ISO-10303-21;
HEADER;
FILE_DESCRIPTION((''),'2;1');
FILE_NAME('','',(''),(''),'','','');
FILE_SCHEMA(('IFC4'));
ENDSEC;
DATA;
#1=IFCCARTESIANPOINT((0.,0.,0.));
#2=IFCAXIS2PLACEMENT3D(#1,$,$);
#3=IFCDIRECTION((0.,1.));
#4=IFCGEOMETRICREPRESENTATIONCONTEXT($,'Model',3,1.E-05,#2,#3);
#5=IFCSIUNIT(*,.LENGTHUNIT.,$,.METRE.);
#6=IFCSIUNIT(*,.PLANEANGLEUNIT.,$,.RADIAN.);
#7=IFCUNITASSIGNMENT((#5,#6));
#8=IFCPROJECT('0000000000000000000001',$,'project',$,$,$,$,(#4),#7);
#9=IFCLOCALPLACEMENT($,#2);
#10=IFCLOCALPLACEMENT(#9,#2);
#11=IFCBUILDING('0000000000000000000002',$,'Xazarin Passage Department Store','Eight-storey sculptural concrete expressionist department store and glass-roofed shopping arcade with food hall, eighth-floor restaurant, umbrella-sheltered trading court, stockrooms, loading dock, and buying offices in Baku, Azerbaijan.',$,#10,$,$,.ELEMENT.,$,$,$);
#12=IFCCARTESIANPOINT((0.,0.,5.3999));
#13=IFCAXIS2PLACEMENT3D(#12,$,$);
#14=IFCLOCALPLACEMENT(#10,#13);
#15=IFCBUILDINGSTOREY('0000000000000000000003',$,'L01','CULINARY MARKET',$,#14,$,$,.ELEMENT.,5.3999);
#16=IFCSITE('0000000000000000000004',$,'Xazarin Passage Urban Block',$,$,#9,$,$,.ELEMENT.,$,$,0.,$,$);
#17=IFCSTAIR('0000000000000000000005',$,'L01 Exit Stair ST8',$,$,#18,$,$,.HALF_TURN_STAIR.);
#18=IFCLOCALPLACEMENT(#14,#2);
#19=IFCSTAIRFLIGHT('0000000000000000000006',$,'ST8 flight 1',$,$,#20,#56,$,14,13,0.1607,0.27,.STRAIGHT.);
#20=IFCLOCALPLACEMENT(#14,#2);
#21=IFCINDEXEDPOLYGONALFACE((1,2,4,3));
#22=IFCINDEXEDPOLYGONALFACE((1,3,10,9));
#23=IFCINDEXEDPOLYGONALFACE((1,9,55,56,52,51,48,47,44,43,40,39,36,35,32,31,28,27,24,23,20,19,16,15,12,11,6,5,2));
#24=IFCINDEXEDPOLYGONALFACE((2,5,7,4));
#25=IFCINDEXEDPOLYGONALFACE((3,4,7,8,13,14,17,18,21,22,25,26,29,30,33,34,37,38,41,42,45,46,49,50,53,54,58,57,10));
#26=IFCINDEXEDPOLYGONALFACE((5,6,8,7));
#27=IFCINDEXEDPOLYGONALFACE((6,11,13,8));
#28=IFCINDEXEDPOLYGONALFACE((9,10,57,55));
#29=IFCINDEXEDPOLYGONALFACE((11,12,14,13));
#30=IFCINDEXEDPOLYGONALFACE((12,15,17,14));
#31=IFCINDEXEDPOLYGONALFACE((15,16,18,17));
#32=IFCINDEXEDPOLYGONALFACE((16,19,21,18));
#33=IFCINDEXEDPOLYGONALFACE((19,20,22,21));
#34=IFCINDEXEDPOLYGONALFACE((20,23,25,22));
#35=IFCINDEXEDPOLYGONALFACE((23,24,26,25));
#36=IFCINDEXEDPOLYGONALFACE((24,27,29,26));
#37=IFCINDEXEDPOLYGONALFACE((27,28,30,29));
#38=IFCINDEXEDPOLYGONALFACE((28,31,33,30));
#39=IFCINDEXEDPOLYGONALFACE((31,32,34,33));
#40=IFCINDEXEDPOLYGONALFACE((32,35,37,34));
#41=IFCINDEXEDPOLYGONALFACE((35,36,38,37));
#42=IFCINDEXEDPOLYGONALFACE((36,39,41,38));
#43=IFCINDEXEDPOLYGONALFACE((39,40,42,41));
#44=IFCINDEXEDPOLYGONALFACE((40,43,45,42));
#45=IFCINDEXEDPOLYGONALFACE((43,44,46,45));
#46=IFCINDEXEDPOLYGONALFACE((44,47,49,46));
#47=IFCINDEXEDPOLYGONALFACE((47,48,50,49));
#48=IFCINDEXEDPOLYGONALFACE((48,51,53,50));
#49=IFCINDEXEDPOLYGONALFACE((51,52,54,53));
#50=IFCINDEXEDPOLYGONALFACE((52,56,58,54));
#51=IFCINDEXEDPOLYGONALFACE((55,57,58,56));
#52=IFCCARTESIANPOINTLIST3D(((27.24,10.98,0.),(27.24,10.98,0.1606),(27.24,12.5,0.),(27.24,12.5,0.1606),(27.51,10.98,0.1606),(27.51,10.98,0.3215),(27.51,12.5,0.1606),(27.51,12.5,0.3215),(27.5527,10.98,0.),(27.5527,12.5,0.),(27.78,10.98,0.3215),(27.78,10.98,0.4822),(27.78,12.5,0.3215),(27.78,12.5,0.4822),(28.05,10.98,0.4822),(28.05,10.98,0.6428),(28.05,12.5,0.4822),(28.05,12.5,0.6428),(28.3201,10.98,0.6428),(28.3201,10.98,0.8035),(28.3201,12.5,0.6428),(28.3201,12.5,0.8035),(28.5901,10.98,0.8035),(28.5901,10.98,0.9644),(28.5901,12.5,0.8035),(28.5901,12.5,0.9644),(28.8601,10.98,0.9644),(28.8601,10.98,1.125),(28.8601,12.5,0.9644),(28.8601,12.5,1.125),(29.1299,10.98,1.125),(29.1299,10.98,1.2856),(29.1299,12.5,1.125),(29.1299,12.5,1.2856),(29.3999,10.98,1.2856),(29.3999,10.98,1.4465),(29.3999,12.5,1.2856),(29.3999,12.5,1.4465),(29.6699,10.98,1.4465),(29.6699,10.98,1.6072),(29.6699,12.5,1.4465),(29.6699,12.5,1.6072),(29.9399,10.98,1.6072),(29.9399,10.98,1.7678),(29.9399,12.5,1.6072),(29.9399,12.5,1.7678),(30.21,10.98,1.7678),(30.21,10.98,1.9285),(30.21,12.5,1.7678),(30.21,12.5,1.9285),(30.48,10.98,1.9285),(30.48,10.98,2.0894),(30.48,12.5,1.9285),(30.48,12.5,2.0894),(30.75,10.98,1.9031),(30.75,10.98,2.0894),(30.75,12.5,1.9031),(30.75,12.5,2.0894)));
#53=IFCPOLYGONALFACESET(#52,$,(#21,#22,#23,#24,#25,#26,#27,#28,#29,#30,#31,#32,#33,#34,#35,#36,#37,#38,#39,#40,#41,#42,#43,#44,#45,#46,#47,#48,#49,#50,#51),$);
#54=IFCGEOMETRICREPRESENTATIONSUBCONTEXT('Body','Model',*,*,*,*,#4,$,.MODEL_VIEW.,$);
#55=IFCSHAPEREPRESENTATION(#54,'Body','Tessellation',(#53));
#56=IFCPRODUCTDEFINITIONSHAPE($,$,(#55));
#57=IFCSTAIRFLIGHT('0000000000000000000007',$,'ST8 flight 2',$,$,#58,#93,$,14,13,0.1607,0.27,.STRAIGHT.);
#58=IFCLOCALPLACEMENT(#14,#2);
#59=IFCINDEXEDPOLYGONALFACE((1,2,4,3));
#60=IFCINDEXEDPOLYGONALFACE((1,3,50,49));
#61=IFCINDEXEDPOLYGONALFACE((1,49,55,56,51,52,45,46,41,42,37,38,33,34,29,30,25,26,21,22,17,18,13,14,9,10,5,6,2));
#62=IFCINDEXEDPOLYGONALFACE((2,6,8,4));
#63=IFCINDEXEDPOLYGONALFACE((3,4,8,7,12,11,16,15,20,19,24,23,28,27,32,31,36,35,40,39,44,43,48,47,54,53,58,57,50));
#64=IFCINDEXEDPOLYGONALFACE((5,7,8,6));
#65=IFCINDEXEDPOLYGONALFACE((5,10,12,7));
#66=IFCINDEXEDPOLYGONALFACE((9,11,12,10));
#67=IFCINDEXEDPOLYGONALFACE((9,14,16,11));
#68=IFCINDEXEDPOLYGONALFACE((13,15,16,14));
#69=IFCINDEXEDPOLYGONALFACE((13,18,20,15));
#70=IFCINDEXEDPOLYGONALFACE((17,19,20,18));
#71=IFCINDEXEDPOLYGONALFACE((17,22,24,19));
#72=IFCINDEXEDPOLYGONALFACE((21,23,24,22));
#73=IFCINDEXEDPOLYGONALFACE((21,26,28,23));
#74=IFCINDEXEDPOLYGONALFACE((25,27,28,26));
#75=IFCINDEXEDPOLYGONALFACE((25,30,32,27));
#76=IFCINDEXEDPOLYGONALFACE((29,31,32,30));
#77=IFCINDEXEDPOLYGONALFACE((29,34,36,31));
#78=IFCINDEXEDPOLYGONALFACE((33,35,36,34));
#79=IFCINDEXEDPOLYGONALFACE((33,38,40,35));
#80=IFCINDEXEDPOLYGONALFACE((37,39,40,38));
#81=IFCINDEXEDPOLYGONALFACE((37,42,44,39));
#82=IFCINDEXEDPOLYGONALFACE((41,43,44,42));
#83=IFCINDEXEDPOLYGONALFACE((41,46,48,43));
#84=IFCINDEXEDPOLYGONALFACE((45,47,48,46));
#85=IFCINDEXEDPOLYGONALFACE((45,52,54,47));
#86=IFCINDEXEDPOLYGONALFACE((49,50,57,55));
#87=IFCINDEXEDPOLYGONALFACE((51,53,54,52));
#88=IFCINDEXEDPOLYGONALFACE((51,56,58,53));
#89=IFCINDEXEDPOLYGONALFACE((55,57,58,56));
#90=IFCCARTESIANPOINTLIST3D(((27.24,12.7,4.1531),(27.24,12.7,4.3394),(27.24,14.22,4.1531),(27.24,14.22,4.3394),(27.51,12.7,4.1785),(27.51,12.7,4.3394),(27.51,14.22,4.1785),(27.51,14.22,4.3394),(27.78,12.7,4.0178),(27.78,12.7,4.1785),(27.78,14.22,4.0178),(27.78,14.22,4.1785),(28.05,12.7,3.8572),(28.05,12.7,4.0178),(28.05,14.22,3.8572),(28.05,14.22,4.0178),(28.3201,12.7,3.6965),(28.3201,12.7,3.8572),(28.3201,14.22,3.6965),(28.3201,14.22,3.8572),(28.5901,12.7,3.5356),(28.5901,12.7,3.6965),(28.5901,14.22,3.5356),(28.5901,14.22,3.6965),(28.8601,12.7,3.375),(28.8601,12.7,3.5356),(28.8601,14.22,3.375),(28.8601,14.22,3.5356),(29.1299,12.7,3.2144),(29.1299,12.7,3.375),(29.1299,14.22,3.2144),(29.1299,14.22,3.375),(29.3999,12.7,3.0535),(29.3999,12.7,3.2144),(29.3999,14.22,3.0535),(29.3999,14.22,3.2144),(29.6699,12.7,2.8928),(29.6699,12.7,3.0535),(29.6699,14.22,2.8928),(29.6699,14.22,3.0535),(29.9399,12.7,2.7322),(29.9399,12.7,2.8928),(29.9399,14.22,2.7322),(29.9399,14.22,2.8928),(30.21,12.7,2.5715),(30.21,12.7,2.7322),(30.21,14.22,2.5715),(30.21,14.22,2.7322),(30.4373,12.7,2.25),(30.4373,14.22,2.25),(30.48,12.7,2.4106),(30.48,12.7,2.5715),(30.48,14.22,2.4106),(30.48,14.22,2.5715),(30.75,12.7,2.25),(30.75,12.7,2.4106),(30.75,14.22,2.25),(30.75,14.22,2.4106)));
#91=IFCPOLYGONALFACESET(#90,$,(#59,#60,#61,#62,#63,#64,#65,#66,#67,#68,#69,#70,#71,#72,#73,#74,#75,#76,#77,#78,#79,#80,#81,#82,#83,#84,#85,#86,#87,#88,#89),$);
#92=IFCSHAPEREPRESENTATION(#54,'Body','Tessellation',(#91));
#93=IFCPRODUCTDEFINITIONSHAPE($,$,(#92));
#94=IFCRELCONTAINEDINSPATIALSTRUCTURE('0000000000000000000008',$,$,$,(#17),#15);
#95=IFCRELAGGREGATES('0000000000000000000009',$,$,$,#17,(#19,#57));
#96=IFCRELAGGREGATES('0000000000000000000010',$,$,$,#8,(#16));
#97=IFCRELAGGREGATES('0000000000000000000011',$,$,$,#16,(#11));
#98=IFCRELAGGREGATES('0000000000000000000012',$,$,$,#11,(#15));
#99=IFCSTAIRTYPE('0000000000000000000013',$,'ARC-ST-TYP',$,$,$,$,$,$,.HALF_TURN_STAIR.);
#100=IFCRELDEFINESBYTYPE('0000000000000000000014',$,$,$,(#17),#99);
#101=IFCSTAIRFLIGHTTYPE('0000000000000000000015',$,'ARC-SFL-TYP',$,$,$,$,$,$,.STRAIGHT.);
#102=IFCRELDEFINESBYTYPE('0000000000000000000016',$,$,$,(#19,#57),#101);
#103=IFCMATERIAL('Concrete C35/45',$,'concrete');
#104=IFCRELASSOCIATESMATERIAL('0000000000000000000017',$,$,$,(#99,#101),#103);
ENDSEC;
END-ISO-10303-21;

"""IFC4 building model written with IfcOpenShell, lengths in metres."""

from ifc_helpers import new_model, si_unit, direction, frame, origin, place, context, subcontext, project, spatial, polyline, outline, extrude, material, type_object, element, aggregate, save


model = new_model("IFC4")

# Units and contexts
model_context = context("Model", 3, precision=1e-05, world=origin(), true_north=direction((0.0, 1.0)))
body_context = subcontext(model_context, "Body", "Model", "MODEL_VIEW")
ifc_project = project(units=[si_unit("LENGTHUNIT", "METRE"), si_unit("PLANEANGLEUNIT", "RADIAN")], contexts=[model_context])

# Site, building, storey
site_placement = place(None, origin())
site = spatial("IfcSite", under=ifc_project, at=site_placement, Name="Xazarin Passage Urban Block", CompositionType="ELEMENT", RefElevation=0.0)
building_placement = place(site_placement, origin())
building = spatial("IfcBuilding", under=site, at=building_placement, Name="Xazarin Passage Department Store", Description="Eight-storey sculptural concrete expressionist department store and glass-roofed shopping arcade with food hall, eighth-floor restaurant, umbrella-sheltered trading court, stockrooms, loading dock, and buying offices in Baku, Azerbaijan.", CompositionType="ELEMENT")
storey_placement = place(building_placement, frame((0.0, 0.0, 5.3999)))
storey = spatial("IfcBuildingStorey", under=building, at=storey_placement, Name="L01", Description="CULINARY MARKET", CompositionType="ELEMENT", Elevation=5.3999)

# Shared definitions
ifc_material_1 = material(Name="Concrete C35/45", Category="concrete")

# Stair, stair flights
stair_type = type_object("IfcStairType", Name="ARC-ST-TYP", PredefinedType="HALF_TURN_STAIR", material=ifc_material_1)
stair_placement = place(storey_placement, origin())
stair = element("IfcStair", 1, at=stair_placement, inside=storey, type_object=stair_type, Name="L01 Exit Stair ST8", PredefinedType="HALF_TURN_STAIR")
stair_flight_type = type_object("IfcStairFlightType", Name="ARC-SFL-TYP", PredefinedType="STRAIGHT", material=ifc_material_1)
stair_flight_1_placement = place(storey_placement, frame((27.24, 11.74, 0.0), z_axis=(0.0, 0.0, 1.0), x_axis=(1.0, 0.0, 0.0)))
stair_flight_1 = element("IfcStairFlight", 2, at=stair_flight_1_placement, type_object=stair_flight_type, Name="ST8 flight 1", NumberOfRisers=14, NumberOfTreads=13, PredefinedType="STRAIGHT", RiserHeight=0.1607, TreadLength=0.27, context=body_context, shape_type="SweptSolid", body=[
    extrude(outline(polyline([(0.0, 0.0), (0.0, 0.1606), (0.27, 0.1606), (0.27, 0.3215), (0.54, 0.3215), (0.54, 0.4822), (0.8101, 0.4822), (0.8101, 0.6428), (1.0801, 0.6428), (1.0801, 0.8035), (1.3501, 0.8035), (1.3501, 0.9644), (1.6201, 0.9644), (1.6201, 1.125), (1.8899, 1.125), (1.8899, 1.2856), (2.1599, 1.2856), (2.1599, 1.4465), (2.4299, 1.4465), (2.4299, 1.6072), (2.7, 1.6072), (2.7, 1.7678), (2.97, 1.7678), (2.97, 1.9285), (3.24, 1.9285), (3.24, 2.0894), (3.51, 2.0894), (3.51, 2.25), (3.51, 1.9031), (0.3127, 0.0), (0.0, 0.0)])), frame((0.0, 0.76, 0.0), z_axis=(0.0, -1.0, 0.0), x_axis=(1.0, 0.0, 0.0)), (0.0, 0.0, 1.0), 1.52),
])
stair_flight_2_placement = place(storey_placement, frame((30.75, 13.46, 2.25), z_axis=(0.0, 0.0, 1.0), x_axis=(-1.0, 0.0, 0.0)))
stair_flight_2 = element("IfcStairFlight", 3, at=stair_flight_2_placement, type_object=stair_flight_type, Name="ST8 flight 2", NumberOfRisers=14, NumberOfTreads=13, PredefinedType="STRAIGHT", RiserHeight=0.1607, TreadLength=0.27, context=body_context, shape_type="SweptSolid", body=[
    extrude(outline(polyline([(0.0, 0.0), (0.0, 0.1606), (0.27, 0.1606), (0.27, 0.3215), (0.54, 0.3215), (0.54, 0.4822), (0.8101, 0.4822), (0.8101, 0.6428), (1.0801, 0.6428), (1.0801, 0.8035), (1.3501, 0.8035), (1.3501, 0.9644), (1.6201, 0.9644), (1.6201, 1.125), (1.8899, 1.125), (1.8899, 1.2856), (2.1599, 1.2856), (2.1599, 1.4465), (2.4299, 1.4465), (2.4299, 1.6072), (2.7, 1.6072), (2.7, 1.7678), (2.97, 1.7678), (2.97, 1.9285), (3.24, 1.9285), (3.24, 2.0894), (3.51, 2.0894), (3.51, 2.25), (3.51, 1.9031), (0.3127, 0.0), (0.0, 0.0)])), frame((0.0, 0.76, 0.0), z_axis=(0.0, -1.0, 0.0), x_axis=(1.0, 0.0, 0.0)), (0.0, 0.0, 1.0), 1.52),
])
aggregate(stair, [stair_flight_1, stair_flight_2])

save(model, "model.ifc")
